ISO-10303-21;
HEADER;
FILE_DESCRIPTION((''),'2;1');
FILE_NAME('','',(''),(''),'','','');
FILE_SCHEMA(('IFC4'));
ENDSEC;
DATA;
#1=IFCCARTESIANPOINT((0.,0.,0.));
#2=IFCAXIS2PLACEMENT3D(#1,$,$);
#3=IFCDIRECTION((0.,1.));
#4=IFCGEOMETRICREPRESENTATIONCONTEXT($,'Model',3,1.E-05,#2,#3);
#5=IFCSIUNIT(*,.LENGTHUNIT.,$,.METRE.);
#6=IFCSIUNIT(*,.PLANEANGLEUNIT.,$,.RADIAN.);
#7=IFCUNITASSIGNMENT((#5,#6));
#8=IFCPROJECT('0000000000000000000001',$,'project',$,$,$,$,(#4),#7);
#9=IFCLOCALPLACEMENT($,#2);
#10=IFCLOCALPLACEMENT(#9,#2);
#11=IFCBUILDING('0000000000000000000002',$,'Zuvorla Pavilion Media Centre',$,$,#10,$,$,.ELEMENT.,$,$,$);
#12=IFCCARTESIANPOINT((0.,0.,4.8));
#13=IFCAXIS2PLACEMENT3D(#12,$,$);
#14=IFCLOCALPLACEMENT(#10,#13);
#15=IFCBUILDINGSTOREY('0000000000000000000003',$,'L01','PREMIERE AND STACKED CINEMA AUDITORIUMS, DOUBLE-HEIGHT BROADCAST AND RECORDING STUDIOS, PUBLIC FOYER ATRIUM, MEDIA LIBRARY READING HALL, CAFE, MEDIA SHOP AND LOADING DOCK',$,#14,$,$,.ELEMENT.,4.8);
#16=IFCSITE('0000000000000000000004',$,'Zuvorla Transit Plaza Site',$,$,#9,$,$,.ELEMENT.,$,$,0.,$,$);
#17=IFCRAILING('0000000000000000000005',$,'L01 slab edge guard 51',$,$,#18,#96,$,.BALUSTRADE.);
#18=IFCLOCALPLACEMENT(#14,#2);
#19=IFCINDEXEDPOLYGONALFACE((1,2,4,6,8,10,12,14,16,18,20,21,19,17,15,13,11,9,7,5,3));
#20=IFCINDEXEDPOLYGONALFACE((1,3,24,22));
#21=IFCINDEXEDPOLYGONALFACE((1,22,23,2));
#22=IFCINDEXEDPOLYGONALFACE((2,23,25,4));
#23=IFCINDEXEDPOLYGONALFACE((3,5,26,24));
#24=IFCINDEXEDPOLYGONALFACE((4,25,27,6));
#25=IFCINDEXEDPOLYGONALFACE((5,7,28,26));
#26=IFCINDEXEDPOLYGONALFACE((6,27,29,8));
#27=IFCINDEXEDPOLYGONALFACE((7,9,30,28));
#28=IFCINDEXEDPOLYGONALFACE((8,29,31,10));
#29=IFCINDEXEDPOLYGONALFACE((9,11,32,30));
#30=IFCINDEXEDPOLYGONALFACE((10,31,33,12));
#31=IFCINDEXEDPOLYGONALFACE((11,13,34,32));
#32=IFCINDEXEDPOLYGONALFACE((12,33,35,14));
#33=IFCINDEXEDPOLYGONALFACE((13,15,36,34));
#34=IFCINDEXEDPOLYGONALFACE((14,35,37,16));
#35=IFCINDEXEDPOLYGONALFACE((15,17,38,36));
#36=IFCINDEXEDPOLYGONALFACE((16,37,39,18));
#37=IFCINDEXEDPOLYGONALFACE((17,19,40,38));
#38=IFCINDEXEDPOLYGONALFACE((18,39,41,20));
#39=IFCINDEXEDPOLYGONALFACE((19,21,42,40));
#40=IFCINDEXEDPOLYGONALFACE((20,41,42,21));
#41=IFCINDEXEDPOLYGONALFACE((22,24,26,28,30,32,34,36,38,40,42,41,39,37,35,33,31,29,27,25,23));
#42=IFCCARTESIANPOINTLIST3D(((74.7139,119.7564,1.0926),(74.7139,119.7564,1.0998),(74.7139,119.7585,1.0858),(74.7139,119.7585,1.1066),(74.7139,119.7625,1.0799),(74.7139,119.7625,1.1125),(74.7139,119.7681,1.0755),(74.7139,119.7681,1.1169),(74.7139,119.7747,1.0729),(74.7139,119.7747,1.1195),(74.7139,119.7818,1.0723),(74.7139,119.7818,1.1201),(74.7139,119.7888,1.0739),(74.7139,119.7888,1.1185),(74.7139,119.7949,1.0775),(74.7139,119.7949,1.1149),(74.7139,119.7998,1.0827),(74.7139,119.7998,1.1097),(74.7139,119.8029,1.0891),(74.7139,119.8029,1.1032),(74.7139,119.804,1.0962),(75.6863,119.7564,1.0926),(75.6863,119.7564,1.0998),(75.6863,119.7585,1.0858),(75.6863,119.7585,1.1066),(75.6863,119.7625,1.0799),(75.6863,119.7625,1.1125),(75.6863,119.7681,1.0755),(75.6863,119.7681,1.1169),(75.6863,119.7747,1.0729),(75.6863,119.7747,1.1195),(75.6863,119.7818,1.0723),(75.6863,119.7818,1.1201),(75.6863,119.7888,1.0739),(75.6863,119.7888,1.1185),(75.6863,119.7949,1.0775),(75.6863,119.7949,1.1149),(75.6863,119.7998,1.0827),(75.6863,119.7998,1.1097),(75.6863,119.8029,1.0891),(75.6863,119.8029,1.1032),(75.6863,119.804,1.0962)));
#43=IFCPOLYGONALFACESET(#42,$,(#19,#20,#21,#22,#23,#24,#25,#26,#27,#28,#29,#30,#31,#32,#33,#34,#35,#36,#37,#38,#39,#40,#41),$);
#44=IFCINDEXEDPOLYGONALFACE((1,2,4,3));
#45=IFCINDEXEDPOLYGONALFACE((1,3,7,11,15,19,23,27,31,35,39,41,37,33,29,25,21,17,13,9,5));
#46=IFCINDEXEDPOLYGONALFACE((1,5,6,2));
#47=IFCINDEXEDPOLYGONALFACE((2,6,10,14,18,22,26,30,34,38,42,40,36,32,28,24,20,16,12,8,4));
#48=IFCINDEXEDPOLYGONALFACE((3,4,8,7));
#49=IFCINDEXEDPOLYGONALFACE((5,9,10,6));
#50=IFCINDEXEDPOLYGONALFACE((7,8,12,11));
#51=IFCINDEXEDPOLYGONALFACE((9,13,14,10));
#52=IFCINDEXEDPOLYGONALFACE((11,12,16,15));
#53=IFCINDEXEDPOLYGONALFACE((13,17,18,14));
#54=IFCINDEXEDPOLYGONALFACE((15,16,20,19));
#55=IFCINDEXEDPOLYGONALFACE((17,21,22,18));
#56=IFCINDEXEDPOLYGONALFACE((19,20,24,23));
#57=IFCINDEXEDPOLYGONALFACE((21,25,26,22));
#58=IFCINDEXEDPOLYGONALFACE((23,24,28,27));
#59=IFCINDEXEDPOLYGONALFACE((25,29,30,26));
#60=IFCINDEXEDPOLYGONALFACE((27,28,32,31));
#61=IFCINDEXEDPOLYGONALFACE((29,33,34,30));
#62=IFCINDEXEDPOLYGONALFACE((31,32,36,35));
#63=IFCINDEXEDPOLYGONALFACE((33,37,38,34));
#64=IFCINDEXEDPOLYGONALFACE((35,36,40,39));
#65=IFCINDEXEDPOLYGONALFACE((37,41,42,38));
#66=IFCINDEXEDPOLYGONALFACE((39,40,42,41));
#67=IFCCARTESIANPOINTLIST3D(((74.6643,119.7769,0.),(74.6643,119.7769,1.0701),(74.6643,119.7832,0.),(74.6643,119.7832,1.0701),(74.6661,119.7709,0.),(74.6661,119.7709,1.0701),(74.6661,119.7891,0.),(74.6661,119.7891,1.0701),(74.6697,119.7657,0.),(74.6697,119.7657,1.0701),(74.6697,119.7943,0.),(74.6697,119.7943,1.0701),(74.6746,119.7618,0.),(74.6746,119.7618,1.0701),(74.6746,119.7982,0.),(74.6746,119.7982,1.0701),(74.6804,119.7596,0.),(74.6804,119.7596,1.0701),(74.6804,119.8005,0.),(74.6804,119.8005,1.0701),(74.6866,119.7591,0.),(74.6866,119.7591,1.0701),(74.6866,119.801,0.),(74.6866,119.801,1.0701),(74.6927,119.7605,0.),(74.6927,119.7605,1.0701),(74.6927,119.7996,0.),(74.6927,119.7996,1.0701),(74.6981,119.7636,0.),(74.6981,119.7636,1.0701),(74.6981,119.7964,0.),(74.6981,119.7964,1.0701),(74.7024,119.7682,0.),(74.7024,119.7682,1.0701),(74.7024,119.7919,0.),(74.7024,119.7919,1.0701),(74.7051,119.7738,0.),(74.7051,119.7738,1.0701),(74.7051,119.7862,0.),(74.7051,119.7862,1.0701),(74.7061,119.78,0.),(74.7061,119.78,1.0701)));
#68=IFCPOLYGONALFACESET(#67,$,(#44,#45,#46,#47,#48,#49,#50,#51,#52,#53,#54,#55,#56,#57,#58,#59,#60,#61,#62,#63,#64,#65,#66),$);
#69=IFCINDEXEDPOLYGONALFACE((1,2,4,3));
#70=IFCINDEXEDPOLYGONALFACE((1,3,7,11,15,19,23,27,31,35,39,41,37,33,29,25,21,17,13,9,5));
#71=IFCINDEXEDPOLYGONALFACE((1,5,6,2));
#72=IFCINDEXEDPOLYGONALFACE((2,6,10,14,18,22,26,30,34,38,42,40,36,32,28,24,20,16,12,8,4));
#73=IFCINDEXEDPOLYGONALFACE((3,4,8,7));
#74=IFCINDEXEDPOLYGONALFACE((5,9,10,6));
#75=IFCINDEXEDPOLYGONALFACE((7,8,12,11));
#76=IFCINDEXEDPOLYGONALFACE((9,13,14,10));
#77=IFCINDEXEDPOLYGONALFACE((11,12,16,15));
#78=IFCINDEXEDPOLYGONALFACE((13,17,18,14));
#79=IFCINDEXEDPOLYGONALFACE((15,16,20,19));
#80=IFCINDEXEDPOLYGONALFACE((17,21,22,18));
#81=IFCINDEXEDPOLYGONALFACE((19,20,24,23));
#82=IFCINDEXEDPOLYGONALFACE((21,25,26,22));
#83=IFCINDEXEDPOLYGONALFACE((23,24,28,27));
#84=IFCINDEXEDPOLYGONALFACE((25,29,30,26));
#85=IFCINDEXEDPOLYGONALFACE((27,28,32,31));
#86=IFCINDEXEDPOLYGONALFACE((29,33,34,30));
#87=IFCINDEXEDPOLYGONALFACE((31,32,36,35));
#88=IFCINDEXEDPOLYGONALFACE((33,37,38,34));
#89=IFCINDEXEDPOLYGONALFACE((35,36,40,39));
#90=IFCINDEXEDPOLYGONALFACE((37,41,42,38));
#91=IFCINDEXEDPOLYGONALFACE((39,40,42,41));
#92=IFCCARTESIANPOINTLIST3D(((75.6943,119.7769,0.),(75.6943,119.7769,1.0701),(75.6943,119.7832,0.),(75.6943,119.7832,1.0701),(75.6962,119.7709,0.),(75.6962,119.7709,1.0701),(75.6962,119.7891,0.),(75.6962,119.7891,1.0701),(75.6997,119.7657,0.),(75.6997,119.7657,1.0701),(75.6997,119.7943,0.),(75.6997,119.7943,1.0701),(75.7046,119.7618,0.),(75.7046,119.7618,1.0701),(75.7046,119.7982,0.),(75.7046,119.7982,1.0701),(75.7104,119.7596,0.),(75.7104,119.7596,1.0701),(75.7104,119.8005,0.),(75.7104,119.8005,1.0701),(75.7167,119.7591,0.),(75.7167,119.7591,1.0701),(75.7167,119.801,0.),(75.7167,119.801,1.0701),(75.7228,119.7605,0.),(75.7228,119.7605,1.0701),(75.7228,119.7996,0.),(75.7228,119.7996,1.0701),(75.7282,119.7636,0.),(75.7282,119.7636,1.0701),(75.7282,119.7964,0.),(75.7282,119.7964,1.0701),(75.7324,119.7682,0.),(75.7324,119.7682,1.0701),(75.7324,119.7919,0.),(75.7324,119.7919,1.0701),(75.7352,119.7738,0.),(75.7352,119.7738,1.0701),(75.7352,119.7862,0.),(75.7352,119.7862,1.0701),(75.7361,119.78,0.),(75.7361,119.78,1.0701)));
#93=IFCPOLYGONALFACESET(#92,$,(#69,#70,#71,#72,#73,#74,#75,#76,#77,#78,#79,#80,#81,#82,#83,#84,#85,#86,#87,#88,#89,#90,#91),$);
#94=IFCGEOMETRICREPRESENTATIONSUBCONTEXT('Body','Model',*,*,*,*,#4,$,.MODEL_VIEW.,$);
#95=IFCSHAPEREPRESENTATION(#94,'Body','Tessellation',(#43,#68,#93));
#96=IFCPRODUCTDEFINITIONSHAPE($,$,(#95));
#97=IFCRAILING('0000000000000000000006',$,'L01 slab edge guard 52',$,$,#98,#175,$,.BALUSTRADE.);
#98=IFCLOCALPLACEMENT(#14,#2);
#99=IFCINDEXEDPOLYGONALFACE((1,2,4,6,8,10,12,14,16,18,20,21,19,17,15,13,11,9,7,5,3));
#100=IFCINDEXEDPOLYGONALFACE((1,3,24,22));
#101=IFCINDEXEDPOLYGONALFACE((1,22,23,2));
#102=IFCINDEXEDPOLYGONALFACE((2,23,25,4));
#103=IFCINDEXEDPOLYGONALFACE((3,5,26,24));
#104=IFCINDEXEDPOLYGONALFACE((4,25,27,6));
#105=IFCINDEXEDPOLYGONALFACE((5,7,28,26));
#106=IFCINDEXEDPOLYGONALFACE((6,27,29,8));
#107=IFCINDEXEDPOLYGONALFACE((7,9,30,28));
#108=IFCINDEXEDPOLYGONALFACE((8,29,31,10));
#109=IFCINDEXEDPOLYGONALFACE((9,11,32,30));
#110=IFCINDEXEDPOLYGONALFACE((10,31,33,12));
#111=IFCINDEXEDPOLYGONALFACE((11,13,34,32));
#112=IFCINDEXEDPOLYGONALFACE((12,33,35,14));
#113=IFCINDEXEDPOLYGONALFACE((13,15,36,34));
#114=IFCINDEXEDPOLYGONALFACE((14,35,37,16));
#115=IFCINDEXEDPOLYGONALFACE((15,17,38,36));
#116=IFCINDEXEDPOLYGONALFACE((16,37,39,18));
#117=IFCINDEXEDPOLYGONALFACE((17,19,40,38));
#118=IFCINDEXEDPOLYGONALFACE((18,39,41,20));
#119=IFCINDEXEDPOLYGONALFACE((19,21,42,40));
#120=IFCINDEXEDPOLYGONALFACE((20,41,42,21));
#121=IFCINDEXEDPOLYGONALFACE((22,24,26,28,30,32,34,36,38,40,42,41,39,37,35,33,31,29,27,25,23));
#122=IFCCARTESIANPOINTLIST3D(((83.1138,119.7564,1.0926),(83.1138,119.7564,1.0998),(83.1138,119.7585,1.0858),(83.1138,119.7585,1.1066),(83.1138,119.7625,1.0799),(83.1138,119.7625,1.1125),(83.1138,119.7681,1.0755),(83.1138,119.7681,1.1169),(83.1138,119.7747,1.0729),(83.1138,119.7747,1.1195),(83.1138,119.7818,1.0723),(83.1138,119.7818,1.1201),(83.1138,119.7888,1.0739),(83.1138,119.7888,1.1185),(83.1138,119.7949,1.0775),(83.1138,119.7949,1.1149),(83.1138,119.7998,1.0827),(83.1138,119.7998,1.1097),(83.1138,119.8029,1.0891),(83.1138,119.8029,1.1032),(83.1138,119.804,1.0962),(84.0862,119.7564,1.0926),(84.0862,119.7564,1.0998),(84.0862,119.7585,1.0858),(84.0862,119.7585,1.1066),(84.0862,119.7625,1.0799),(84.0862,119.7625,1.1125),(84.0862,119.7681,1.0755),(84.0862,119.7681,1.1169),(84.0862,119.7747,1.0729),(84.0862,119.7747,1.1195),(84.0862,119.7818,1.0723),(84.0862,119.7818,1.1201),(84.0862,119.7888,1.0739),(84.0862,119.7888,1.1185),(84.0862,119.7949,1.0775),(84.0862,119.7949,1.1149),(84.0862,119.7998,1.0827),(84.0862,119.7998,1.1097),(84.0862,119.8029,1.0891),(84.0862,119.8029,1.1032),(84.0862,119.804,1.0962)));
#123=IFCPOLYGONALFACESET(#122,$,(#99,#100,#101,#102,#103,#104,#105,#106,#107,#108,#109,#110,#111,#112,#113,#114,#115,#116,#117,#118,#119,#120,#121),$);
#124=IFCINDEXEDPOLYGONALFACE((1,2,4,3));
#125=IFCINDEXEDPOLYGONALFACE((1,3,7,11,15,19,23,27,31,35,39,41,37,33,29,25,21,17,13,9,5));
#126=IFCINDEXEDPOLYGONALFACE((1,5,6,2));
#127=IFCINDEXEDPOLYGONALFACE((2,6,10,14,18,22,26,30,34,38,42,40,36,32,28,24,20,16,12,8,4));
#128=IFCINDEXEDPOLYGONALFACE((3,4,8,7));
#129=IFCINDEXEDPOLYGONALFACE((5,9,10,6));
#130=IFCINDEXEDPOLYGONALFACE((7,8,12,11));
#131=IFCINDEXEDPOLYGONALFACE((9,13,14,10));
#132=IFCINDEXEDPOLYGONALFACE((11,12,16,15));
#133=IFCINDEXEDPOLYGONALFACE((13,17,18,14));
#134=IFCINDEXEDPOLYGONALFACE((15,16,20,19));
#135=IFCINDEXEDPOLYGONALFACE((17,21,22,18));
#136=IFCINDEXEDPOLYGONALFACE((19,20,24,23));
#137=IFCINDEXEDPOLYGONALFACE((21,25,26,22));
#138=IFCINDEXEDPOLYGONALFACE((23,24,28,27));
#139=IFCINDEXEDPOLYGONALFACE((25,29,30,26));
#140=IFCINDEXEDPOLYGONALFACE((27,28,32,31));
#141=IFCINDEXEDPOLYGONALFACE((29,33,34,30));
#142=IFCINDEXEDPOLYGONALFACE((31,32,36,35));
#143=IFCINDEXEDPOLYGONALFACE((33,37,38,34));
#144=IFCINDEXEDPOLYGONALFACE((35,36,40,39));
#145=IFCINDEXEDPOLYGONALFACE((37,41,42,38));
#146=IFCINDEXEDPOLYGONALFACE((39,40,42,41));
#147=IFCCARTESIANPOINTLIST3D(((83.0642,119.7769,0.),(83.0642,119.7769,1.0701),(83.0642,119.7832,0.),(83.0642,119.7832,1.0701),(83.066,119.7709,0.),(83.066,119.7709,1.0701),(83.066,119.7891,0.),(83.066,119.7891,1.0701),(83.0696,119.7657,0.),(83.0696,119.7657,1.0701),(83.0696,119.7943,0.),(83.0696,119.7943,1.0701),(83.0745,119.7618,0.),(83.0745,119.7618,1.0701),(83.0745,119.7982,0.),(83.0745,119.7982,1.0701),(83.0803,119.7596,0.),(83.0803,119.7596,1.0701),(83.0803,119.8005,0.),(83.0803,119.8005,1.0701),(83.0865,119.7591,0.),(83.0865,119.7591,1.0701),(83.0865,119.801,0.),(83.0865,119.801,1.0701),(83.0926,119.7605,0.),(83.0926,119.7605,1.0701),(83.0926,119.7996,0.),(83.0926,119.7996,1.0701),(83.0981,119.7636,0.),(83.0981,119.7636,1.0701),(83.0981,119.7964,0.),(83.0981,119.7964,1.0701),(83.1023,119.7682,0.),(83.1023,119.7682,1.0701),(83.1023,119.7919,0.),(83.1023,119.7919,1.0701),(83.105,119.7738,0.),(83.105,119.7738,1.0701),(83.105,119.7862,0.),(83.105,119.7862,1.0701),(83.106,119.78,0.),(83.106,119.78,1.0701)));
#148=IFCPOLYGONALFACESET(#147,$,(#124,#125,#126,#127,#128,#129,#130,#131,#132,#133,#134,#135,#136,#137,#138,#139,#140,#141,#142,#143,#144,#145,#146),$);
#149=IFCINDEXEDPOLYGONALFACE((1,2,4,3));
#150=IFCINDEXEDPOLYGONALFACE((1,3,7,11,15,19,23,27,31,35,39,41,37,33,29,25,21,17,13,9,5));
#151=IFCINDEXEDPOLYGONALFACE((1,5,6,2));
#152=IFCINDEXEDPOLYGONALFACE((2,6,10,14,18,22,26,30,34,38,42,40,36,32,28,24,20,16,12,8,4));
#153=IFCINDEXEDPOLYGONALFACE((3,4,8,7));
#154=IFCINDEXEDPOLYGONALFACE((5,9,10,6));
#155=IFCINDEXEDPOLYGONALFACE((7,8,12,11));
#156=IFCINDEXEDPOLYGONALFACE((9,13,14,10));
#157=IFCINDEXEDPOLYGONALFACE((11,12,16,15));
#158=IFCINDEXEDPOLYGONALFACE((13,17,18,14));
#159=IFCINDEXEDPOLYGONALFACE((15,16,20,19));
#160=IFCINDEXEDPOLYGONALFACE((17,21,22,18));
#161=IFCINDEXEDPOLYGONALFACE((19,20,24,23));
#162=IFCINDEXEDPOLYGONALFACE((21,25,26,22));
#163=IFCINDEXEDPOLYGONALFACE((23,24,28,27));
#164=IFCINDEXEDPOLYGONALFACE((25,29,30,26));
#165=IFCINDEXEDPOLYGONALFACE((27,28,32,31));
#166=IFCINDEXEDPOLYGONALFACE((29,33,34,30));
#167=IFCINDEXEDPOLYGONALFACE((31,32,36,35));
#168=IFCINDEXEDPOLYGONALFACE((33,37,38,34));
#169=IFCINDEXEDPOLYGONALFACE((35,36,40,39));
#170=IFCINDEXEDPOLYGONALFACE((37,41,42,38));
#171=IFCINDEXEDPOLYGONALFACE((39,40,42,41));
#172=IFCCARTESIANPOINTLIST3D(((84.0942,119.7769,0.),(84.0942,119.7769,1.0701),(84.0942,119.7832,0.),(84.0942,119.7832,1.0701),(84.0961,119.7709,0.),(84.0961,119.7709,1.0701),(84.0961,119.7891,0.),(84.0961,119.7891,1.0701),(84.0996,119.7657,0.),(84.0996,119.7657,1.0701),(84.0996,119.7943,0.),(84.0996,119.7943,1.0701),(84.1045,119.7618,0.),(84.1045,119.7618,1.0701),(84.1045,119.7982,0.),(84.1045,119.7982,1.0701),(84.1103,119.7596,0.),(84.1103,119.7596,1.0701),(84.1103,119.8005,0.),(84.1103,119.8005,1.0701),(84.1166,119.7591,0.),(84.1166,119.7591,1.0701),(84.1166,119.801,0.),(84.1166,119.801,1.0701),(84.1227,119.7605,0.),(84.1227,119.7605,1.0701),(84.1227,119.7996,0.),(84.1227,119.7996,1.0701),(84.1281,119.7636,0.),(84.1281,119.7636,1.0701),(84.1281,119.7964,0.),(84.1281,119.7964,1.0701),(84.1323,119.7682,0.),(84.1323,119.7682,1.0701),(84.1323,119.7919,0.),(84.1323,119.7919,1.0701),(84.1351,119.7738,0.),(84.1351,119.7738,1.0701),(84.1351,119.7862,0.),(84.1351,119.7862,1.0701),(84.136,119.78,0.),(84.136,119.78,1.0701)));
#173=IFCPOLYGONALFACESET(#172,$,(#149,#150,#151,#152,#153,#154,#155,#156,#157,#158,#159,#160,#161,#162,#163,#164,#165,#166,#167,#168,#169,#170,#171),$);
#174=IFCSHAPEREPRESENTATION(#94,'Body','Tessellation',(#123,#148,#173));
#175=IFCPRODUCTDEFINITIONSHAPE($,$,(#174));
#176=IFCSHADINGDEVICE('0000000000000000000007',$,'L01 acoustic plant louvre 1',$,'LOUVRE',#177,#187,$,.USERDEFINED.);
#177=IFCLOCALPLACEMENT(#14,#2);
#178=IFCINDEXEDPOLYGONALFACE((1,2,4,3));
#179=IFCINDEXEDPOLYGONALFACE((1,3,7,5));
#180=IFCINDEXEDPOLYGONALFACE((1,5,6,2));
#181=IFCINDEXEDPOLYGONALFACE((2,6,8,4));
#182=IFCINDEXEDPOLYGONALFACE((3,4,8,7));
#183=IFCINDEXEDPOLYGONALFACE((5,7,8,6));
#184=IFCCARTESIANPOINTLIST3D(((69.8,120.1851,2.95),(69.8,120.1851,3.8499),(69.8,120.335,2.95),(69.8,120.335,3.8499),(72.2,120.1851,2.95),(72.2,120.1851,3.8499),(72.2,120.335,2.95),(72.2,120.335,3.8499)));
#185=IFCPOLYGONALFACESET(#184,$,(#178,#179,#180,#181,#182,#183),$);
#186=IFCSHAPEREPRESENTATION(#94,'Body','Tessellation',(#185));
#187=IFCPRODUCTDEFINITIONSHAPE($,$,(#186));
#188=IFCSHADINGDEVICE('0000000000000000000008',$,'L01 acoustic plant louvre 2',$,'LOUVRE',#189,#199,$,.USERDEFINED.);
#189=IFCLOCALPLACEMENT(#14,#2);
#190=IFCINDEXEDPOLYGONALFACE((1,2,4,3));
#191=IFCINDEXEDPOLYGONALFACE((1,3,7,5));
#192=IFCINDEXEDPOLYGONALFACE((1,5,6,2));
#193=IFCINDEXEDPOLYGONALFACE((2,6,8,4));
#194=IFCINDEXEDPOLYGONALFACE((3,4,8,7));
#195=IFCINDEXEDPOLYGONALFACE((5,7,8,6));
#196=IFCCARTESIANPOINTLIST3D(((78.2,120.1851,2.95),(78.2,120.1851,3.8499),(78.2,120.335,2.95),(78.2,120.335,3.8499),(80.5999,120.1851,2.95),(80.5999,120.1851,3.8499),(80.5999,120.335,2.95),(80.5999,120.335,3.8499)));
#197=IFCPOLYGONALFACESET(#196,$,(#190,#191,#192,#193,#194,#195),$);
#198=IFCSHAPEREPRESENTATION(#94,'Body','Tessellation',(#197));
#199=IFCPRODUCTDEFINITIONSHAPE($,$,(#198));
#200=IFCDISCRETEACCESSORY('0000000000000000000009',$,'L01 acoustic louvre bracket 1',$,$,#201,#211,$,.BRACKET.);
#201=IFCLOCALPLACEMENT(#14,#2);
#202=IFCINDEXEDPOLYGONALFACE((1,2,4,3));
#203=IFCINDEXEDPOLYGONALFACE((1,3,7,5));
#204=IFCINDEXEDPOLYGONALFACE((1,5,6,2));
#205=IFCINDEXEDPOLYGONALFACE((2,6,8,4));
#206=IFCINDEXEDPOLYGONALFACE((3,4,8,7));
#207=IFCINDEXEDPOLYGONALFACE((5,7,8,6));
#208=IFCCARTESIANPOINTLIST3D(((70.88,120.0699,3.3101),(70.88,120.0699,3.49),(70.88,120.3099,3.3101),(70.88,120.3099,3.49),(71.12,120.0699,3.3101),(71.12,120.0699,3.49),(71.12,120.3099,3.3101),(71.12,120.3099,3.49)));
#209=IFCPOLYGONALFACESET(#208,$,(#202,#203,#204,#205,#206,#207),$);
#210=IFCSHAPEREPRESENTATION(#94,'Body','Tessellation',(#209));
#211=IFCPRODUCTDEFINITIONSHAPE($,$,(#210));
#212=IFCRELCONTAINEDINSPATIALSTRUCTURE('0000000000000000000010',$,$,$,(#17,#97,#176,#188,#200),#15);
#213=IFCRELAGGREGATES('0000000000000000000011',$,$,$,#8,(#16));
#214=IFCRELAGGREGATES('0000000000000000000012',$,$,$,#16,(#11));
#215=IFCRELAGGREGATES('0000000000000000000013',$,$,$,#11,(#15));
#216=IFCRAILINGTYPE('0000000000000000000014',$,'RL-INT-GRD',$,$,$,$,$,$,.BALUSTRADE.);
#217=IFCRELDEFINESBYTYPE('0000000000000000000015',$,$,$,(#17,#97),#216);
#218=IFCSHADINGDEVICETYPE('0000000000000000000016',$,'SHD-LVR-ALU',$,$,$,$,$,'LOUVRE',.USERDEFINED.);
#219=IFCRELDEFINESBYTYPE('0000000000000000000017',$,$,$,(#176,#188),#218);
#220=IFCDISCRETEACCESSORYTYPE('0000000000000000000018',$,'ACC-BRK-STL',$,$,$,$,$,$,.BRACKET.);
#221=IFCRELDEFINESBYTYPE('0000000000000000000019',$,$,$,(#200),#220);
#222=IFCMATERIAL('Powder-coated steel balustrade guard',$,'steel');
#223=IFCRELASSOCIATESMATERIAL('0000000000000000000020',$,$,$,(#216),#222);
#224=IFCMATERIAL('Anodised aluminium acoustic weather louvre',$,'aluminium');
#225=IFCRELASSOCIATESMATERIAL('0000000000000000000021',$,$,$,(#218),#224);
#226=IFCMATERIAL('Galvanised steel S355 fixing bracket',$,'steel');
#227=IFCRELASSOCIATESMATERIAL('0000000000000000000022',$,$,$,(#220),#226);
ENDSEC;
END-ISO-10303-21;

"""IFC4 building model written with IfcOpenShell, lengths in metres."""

from ifc_helpers import new_model, si_unit, direction, frame, origin, origin_2d, place, context, subcontext, project, spatial, rectangle, circle, extrude, material, type_object, element, save


model = new_model("IFC4")

# Units and contexts
model_context = context("Model", 3, precision=1e-05, world=origin(), true_north=direction((0.0, 1.0)))
body_context = subcontext(model_context, "Body", "Model", "MODEL_VIEW")
ifc_project = project(units=[si_unit("LENGTHUNIT", "METRE"), si_unit("PLANEANGLEUNIT", "RADIAN")], contexts=[model_context])

# Site, building, storey
site_placement = place(None, origin())
site = spatial("IfcSite", under=ifc_project, at=site_placement, Name="Zuvorla Transit Plaza Site", CompositionType="ELEMENT", RefElevation=0.0)
building_placement = place(site_placement, origin())
building = spatial("IfcBuilding", under=site, at=building_placement, Name="Zuvorla Pavilion Media Centre", CompositionType="ELEMENT")
storey_placement = place(building_placement, frame((0.0, 0.0, 4.8)))
storey = spatial("IfcBuildingStorey", under=building, at=storey_placement, Name="L01", Description="PREMIERE AND STACKED CINEMA AUDITORIUMS, DOUBLE-HEIGHT BROADCAST AND RECORDING STUDIOS, PUBLIC FOYER ATRIUM, MEDIA LIBRARY READING HALL, CAFE, MEDIA SHOP AND LOADING DOCK", CompositionType="ELEMENT", Elevation=4.8)

# Railings
ifc_material_1 = material(Name="Powder-coated steel balustrade guard", Category="steel")
railing_type = type_object("IfcRailingType", Name="RL-INT-GRD", PredefinedType="BALUSTRADE", material=ifc_material_1)
for number, where, name in (
    (1, (74.6851, 119.78, 0.0), "L01 slab edge guard 51"),
    (2, (83.085, 119.78, 0.0), "L01 slab edge guard 52"),
):
    element("IfcRailing", number, at=place(storey_placement, frame(where)), inside=storey, type_object=railing_type, Name=name, PredefinedType="BALUSTRADE", context=body_context, shape_type="SweptSolid", body=[
        extrude(circle(Radius=0.0239, at=origin_2d()), frame((0.0288, 0.0, 1.0962), z_axis=(1.0, 0.0, 0.0), x_axis=(0.0, 1.0, 0.0)), (0.0, 0.0, 1.0), 0.9724),
        extrude(circle(Radius=0.021, at=origin_2d()), origin(), (0.0, 0.0, 1.0), 1.0701),
        extrude(circle(Radius=0.021, at=origin_2d()), frame((1.03, 0.0, 0.0)), (0.0, 0.0, 1.0), 1.0701),
    ])

# Shading devices
ifc_material_2 = material(Name="Anodised aluminium acoustic weather louvre", Category="aluminium")
shading_device_type = type_object("IfcShadingDeviceType", Name="SHD-LVR-ALU", ElementType="LOUVRE", PredefinedType="USERDEFINED", material=ifc_material_2)
for number, where, z_axis, x_axis, name in (
    (3, (71.0, 120.26, 2.95), (0.0, 0.0, 1.0), (1.0, 0.0, 0.0), "L01 acoustic plant louvre 1"),
    (4, (79.3999, 120.26, 2.95), (0.0, 0.0, 1.0), (1.0, 0.0, 0.0), "L01 acoustic plant louvre 2"),
):
    element("IfcShadingDevice", number, at=place(storey_placement, frame(where, z_axis=z_axis, x_axis=x_axis)), inside=storey, type_object=shading_device_type, Name=name, ObjectType="LOUVRE", PredefinedType="USERDEFINED", context=body_context, shape_type="SweptSolid", body=[
        extrude(rectangle(XDim=2.3999, YDim=0.1499, at=origin_2d()), origin(), (0.0, 0.0, 1.0), 0.8999),
    ])

# Discrete accessory
ifc_material_3 = material(Name="Galvanised steel S355 fixing bracket", Category="steel")
discrete_accessory_type = type_object("IfcDiscreteAccessoryType", Name="ACC-BRK-STL", PredefinedType="BRACKET", material=ifc_material_3)
for number, where, z_axis, x_axis, name in (
    (5, (71.0, 120.1899, 3.3101), (0.0, 0.0, 1.0), (1.0, 0.0, 0.0), "L01 acoustic louvre bracket 1"),
):
    element("IfcDiscreteAccessory", number, at=place(storey_placement, frame(where, z_axis=z_axis, x_axis=x_axis)), inside=storey, type_object=discrete_accessory_type, Name=name, PredefinedType="BRACKET", context=body_context, shape_type="SweptSolid", body=[
        extrude(rectangle(XDim=0.24, YDim=0.24, at=origin_2d()), origin(), (0.0, 0.0, 1.0), 0.1799),
    ])

save(model, "model.ifc")
